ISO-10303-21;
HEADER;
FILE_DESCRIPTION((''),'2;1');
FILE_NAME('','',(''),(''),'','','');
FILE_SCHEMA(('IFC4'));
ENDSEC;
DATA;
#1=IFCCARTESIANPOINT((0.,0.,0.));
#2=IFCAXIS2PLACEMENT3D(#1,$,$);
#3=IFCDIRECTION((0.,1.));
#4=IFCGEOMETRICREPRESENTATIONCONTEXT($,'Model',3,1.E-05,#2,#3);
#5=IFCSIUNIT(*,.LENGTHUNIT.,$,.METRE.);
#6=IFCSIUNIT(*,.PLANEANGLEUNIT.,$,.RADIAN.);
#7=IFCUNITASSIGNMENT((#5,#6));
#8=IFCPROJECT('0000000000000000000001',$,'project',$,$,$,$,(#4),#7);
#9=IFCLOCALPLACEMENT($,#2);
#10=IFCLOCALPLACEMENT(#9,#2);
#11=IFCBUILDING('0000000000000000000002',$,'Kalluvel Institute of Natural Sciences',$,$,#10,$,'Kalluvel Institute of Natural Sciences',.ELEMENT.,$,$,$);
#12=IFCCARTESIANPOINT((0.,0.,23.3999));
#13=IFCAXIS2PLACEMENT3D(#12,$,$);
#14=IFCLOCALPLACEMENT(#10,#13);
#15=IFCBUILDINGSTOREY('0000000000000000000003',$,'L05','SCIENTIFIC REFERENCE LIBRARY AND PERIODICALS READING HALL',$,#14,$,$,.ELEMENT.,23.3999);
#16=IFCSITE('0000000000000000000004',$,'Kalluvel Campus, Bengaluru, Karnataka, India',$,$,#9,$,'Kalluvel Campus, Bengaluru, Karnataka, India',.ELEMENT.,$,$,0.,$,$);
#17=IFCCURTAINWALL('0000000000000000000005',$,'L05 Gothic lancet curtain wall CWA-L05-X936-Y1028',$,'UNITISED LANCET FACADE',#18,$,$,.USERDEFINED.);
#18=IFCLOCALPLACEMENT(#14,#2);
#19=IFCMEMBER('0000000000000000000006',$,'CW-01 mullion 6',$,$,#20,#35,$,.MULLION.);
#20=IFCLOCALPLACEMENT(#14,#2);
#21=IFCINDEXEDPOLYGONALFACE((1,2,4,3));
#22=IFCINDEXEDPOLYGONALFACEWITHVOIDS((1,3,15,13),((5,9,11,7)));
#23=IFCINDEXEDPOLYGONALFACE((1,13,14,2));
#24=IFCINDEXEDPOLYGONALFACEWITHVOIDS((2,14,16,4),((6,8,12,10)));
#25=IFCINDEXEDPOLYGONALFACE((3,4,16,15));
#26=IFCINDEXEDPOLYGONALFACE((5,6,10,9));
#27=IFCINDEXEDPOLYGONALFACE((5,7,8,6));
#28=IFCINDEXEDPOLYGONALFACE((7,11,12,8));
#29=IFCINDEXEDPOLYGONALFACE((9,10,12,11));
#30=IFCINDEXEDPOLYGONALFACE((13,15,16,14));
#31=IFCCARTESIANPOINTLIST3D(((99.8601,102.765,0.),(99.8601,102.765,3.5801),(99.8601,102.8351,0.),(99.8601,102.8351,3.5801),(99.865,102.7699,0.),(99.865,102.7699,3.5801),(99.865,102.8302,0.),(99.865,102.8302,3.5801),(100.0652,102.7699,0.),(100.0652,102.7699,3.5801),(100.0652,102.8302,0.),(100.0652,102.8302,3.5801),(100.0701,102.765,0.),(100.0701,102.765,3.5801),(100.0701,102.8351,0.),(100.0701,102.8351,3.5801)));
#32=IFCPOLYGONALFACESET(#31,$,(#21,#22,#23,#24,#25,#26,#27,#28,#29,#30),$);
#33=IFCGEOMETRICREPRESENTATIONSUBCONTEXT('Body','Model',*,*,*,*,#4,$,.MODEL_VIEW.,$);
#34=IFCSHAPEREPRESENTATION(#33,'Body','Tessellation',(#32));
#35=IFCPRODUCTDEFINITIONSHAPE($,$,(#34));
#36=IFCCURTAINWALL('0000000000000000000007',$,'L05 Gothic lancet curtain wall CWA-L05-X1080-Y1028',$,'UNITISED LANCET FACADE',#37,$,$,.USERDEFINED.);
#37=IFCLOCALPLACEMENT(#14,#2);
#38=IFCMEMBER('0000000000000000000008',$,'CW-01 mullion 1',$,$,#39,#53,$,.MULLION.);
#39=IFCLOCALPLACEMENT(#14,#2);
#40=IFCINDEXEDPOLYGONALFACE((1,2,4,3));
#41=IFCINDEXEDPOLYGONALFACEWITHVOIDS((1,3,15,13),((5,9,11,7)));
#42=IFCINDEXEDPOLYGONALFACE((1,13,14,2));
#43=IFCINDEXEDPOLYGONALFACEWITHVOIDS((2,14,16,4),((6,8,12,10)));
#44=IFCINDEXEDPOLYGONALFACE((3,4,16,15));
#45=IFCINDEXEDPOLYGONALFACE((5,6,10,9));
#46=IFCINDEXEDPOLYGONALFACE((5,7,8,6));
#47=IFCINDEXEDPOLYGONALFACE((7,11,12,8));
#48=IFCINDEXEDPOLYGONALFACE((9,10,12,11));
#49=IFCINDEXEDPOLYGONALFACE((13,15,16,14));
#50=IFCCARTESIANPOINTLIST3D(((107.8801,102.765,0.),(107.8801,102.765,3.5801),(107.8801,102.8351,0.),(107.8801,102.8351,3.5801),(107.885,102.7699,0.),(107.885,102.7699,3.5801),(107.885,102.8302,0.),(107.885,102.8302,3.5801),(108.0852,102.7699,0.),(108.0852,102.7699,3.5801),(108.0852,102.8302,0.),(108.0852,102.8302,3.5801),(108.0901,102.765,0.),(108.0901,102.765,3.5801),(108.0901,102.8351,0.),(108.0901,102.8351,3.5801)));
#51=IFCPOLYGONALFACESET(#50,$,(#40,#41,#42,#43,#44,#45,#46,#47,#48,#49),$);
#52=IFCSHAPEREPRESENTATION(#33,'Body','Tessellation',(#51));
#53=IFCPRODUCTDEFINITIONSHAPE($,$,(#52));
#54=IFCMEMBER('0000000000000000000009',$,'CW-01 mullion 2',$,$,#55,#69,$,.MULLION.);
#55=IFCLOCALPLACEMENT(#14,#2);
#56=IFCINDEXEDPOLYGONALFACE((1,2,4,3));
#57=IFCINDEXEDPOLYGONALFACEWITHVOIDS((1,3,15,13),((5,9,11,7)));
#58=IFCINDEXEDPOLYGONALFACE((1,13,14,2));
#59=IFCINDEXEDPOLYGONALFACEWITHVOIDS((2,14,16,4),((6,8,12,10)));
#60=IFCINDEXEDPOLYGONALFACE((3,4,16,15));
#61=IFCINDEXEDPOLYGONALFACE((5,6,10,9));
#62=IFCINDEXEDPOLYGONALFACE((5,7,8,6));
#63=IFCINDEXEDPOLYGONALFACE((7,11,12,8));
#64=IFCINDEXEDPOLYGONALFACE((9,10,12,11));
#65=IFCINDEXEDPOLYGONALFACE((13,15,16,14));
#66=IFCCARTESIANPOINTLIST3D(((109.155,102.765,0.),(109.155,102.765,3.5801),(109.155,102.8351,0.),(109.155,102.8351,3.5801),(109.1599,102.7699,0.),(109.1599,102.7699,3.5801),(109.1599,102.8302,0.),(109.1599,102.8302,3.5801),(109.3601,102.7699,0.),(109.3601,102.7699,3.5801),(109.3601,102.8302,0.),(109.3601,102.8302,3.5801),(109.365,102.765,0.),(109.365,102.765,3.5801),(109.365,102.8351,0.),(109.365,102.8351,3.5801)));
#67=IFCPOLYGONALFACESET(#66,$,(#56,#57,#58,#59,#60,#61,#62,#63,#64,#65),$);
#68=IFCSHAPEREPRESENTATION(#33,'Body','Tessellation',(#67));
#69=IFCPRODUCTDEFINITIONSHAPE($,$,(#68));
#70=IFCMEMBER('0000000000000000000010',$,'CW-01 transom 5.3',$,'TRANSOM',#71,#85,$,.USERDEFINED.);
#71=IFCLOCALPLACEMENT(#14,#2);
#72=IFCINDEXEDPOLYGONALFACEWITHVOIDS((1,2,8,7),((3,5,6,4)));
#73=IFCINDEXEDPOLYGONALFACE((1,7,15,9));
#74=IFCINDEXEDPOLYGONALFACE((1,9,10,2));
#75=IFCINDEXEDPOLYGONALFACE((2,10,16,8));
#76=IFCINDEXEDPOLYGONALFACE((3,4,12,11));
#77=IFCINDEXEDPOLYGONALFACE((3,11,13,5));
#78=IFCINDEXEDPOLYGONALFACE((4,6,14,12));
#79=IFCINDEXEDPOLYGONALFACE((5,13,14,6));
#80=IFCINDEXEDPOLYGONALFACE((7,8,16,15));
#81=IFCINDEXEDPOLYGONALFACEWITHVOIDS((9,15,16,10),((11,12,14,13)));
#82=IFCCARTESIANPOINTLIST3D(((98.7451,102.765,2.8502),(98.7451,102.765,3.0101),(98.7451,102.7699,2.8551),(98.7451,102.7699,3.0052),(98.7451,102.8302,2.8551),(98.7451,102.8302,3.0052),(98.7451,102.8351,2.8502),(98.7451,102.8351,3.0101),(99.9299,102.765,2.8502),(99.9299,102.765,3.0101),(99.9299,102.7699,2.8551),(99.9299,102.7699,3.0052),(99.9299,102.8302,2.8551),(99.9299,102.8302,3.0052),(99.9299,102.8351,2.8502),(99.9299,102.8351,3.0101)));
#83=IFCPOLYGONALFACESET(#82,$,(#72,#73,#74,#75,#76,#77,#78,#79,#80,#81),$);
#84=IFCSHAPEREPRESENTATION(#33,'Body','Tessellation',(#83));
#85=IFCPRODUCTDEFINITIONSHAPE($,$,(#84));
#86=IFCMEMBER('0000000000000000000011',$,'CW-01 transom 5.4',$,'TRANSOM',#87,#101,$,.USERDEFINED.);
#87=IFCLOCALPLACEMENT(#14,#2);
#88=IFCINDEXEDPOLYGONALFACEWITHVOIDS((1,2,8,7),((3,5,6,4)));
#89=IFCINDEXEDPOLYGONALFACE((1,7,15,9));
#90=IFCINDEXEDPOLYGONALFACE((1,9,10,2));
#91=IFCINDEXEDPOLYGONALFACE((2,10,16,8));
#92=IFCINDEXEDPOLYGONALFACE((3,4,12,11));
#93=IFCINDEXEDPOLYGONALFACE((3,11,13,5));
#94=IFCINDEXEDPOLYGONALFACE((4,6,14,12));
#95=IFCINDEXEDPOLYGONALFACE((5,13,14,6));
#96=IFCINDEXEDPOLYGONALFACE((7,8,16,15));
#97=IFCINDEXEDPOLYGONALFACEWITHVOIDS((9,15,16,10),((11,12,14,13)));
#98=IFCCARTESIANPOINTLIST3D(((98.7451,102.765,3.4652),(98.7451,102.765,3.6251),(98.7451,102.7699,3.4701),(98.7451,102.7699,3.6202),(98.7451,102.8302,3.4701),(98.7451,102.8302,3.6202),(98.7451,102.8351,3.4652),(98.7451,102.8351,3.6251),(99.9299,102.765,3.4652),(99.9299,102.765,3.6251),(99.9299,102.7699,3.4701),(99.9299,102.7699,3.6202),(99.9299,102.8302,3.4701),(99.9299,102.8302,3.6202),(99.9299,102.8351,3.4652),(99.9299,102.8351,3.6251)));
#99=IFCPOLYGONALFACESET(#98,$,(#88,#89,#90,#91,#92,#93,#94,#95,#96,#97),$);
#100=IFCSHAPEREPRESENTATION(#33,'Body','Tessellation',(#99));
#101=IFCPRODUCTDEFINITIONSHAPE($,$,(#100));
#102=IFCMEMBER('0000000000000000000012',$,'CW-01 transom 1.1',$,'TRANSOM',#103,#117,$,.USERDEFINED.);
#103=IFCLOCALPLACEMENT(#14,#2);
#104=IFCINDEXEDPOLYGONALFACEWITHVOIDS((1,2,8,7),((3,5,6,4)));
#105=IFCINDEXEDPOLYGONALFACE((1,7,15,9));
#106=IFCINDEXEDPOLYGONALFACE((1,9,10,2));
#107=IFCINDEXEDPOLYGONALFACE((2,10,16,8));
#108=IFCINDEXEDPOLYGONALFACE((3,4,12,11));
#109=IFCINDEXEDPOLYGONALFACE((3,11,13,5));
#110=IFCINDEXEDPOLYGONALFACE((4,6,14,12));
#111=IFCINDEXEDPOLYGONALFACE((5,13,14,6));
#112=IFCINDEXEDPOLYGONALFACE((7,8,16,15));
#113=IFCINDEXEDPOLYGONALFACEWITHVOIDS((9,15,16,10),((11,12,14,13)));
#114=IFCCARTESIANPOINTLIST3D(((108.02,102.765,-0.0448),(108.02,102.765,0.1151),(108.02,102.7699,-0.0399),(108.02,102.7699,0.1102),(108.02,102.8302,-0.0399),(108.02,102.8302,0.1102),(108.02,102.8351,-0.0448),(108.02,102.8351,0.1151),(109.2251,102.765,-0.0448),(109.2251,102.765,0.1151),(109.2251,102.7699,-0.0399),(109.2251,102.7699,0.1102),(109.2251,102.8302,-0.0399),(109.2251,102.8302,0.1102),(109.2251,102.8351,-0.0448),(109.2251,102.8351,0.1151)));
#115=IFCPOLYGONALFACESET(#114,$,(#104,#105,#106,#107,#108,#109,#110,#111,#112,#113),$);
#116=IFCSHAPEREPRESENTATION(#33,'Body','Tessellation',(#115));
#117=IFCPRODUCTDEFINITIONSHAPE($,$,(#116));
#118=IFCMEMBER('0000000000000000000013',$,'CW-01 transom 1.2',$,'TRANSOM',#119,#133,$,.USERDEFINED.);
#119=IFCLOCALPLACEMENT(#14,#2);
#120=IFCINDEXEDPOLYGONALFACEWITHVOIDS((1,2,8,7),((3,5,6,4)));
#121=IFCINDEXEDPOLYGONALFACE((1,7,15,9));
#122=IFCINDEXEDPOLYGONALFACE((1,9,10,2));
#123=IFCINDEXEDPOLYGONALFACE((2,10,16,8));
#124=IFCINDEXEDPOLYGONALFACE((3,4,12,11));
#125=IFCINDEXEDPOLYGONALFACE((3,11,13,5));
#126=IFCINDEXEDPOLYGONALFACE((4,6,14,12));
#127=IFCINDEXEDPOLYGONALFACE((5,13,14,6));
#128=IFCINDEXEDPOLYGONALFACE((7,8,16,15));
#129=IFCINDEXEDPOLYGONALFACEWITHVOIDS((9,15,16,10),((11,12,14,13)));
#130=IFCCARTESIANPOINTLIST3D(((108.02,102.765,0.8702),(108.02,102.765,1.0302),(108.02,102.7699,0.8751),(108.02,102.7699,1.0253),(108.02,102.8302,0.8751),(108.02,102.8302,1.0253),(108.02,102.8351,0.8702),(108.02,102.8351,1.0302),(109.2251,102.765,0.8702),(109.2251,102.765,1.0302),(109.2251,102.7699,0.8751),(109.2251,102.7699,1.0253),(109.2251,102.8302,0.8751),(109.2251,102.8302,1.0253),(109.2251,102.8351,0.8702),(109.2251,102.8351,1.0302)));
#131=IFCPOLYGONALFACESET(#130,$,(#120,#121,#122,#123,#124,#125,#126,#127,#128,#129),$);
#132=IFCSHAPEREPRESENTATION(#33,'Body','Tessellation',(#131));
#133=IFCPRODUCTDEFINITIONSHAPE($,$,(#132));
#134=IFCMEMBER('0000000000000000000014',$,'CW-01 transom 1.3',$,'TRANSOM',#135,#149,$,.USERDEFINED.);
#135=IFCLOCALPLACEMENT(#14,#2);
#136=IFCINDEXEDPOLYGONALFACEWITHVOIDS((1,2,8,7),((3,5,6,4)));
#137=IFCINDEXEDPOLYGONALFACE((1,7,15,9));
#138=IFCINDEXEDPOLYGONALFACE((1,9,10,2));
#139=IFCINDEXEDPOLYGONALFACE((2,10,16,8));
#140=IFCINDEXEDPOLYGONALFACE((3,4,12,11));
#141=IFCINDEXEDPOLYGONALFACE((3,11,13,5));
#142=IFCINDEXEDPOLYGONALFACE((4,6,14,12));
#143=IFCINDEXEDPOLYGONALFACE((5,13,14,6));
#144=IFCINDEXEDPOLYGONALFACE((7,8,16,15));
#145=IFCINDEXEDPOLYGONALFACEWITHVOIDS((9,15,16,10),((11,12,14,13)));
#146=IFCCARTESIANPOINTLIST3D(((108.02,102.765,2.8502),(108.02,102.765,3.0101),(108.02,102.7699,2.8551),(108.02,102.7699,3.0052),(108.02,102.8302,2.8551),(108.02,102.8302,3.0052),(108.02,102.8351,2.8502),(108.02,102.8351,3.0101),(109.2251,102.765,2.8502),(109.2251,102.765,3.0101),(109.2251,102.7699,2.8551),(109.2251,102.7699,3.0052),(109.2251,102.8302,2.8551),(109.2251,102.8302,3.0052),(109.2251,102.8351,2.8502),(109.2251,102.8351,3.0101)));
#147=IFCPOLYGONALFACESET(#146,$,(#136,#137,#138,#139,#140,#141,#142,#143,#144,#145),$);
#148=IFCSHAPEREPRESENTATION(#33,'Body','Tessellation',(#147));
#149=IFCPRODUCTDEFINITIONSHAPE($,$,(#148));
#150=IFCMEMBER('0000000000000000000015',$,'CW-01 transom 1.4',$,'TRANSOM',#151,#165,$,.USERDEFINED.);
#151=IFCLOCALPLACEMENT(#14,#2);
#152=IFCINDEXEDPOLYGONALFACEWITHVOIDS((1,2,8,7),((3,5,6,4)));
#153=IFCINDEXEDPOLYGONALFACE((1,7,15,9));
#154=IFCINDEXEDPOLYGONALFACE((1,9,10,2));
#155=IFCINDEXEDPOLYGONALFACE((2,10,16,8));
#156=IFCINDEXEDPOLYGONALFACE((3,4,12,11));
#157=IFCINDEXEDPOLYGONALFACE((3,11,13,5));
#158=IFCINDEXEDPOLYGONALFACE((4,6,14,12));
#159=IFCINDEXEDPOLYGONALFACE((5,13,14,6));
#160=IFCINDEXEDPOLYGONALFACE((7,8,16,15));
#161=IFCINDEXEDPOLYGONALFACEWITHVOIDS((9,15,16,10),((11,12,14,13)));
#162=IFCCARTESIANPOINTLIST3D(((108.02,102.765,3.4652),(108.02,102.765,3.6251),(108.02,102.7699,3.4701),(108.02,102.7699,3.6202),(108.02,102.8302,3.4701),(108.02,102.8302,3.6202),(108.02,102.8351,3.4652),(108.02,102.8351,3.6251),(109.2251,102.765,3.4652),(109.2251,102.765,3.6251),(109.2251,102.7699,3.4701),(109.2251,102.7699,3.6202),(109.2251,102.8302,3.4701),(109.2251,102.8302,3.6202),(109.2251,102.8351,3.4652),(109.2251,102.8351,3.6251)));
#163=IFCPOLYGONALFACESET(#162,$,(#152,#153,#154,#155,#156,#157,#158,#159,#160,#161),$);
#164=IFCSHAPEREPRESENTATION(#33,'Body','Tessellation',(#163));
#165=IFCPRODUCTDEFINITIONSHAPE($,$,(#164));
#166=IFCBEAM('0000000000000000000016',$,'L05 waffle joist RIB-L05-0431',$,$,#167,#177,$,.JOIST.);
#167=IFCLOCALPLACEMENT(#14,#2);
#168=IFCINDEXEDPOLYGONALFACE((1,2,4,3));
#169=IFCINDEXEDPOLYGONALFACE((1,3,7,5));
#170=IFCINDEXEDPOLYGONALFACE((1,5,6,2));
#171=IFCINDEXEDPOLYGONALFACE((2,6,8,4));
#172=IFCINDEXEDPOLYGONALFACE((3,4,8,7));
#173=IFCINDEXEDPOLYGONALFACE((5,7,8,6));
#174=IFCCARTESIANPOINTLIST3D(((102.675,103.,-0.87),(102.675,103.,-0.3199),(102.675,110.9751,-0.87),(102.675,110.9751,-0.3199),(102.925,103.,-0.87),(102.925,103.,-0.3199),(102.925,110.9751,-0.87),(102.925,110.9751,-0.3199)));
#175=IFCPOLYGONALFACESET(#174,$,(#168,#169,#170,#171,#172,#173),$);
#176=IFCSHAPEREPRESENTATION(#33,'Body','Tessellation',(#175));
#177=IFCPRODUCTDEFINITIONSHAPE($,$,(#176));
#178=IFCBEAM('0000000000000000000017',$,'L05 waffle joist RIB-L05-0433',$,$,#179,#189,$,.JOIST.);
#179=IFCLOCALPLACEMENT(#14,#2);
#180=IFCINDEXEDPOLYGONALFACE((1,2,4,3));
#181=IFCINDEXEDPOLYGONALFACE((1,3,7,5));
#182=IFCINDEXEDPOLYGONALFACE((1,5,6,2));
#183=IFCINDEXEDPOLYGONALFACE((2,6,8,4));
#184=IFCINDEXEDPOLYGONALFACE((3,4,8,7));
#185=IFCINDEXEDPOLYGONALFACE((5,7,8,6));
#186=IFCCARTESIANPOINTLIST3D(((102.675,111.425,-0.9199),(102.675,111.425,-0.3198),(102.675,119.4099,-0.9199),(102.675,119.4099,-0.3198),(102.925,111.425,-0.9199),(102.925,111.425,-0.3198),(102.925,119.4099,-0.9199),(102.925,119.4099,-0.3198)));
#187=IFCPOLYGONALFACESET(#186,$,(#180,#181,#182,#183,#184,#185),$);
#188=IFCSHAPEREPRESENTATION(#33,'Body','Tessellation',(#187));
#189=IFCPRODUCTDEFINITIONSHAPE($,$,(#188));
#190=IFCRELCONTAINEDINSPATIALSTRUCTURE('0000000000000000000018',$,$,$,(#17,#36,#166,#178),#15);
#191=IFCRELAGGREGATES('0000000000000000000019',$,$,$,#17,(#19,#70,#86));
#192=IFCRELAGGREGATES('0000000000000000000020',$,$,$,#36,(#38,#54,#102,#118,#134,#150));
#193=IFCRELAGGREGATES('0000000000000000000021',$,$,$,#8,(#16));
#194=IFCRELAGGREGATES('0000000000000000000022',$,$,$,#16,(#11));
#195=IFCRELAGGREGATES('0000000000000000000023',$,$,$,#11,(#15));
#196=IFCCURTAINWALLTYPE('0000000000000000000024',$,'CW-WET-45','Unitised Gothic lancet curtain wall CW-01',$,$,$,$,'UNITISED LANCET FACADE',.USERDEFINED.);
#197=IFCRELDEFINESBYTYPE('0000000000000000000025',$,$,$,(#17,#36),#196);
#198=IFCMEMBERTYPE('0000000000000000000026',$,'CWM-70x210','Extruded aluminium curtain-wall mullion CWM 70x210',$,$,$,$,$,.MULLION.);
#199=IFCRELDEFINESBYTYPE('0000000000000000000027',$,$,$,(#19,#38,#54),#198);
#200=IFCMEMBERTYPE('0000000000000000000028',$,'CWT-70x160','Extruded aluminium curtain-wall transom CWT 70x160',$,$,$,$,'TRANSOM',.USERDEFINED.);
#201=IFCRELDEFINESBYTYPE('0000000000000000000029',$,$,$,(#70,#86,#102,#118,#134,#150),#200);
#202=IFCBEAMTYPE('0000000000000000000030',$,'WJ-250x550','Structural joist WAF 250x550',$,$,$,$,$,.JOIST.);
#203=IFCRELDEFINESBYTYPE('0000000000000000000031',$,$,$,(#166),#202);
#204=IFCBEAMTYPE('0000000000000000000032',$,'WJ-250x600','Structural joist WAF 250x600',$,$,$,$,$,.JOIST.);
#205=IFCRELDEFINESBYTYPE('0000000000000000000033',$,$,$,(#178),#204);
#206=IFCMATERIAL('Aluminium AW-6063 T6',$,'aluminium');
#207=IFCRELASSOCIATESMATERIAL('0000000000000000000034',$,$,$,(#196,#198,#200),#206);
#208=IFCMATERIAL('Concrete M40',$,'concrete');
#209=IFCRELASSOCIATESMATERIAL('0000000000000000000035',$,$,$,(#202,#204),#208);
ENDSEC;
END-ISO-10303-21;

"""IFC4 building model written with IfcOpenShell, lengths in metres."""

from ifc_helpers import new_model, si_unit, direction, frame, origin, origin_2d, place, context, subcontext, project, spatial, rectangle, hollow_rectangle, extrude, material, material_profile, profile_set, type_object, element, aggregate, save


model = new_model("IFC4")

# Units and contexts
model_context = context("Model", 3, precision=1e-05, world=origin(), true_north=direction((0.0, 1.0)))
body_context = subcontext(model_context, "Body", "Model", "MODEL_VIEW")
ifc_project = project(units=[si_unit("LENGTHUNIT", "METRE"), si_unit("PLANEANGLEUNIT", "RADIAN")], contexts=[model_context])

# Site, building, storey
site_placement = place(None, origin())
site = spatial("IfcSite", under=ifc_project, at=site_placement, Name="Kalluvel Campus, Bengaluru, Karnataka, India", LongName="Kalluvel Campus, Bengaluru, Karnataka, India", CompositionType="ELEMENT", RefElevation=0.0)
building_placement = place(site_placement, origin())
building = spatial("IfcBuilding", under=site, at=building_placement, Name="Kalluvel Institute of Natural Sciences", LongName="Kalluvel Institute of Natural Sciences", CompositionType="ELEMENT")
storey_placement = place(building_placement, frame((0.0, 0.0, 23.3999)))
storey = spatial("IfcBuildingStorey", under=building, at=storey_placement, Name="L05", Description="SCIENTIFIC REFERENCE LIBRARY AND PERIODICALS READING HALL", CompositionType="ELEMENT", Elevation=23.3999)

# Shared definitions
ifc_material_1 = material(Name="Concrete M40", Category="concrete")

# Curtain wall, member
ifc_material_2 = material(Name="Aluminium AW-6063 T6", Category="aluminium")
curtain_wall_type = type_object("IfcCurtainWallType", Name="CW-WET-45", Description="Unitised Gothic lancet curtain wall CW-01", ElementType="UNITISED LANCET FACADE", PredefinedType="USERDEFINED", material=ifc_material_2)
curtain_wall_1_placement = place(storey_placement, origin())
curtain_wall_1 = element("IfcCurtainWall", 1, at=curtain_wall_1_placement, inside=storey, type_object=curtain_wall_type, Name="L05 Gothic lancet curtain wall CWA-L05-X936-Y1028", ObjectType="UNITISED LANCET FACADE", PredefinedType="USERDEFINED")
ifc_material_profile_1 = material_profile(ifc_material_2, hollow_rectangle(XDim=0.0701, YDim=0.21, WallThickness=0.0049, at=origin_2d()), Name="CWM 70x210")
ifc_profile_set_1 = profile_set([ifc_material_profile_1], Name="Aluminium AW-6063 T6")
member_type_1 = type_object("IfcMemberType", Name="CWM-70x210", Description="Extruded aluminium curtain-wall mullion CWM 70x210", PredefinedType="MULLION", material=ifc_profile_set_1)
member_1_placement = place(storey_placement, frame((99.9651, 102.8, 0.0), z_axis=(0.0, 0.0, 1.0), x_axis=(0.0, 1.0, 0.0)))
member_1 = element("IfcMember", 2, at=member_1_placement, type_object=member_type_1, Name="CW-01 mullion 6", PredefinedType="MULLION", context=body_context, shape_type="SweptSolid", body=[
    extrude(hollow_rectangle(XDim=0.0701, YDim=0.21, WallThickness=0.0049, at=origin_2d()), origin(), (0.0, 0.0, 1.0), 3.5801),
])

# Curtain wall, members
curtain_wall_2_placement = place(storey_placement, origin())
curtain_wall_2 = element("IfcCurtainWall", 3, at=curtain_wall_2_placement, inside=storey, type_object=curtain_wall_type, Name="L05 Gothic lancet curtain wall CWA-L05-X1080-Y1028", ObjectType="UNITISED LANCET FACADE", PredefinedType="USERDEFINED")
member_2_placement = place(storey_placement, frame((107.9851, 102.8, 0.0), z_axis=(0.0, 0.0, 1.0), x_axis=(0.0, 1.0, 0.0)))
member_2 = element("IfcMember", 4, at=member_2_placement, type_object=member_type_1, Name="CW-01 mullion 1", PredefinedType="MULLION", context=body_context, shape_type="SweptSolid", body=[
    extrude(hollow_rectangle(XDim=0.0701, YDim=0.21, WallThickness=0.0049, at=origin_2d()), origin(), (0.0, 0.0, 1.0), 3.5801),
])
member_3_placement = place(storey_placement, frame((109.26, 102.8, 0.0), z_axis=(0.0, 0.0, 1.0), x_axis=(0.0, 1.0, 0.0)))
member_3 = element("IfcMember", 5, at=member_3_placement, type_object=member_type_1, Name="CW-01 mullion 2", PredefinedType="MULLION", context=body_context, shape_type="SweptSolid", body=[
    extrude(hollow_rectangle(XDim=0.0701, YDim=0.21, WallThickness=0.0049, at=origin_2d()), origin(), (0.0, 0.0, 1.0), 3.5801),
])

# Members
ifc_material_profile_2 = material_profile(ifc_material_2, hollow_rectangle(XDim=0.0701, YDim=0.1599, WallThickness=0.0049, at=origin_2d()), Name="CWT 70x160")
ifc_profile_set_2 = profile_set([ifc_material_profile_2], Name="Aluminium AW-6063 T6")
member_type_2 = type_object("IfcMemberType", Name="CWT-70x160", Description="Extruded aluminium curtain-wall transom CWT 70x160", ElementType="TRANSOM", PredefinedType="USERDEFINED", material=ifc_profile_set_2)
member_4_placement = place(storey_placement, frame((98.7451, 102.8, 2.9302), z_axis=(1.0, 0.0, 0.0), x_axis=(0.0, 1.0, 0.0)))
member_4 = element("IfcMember", 6, at=member_4_placement, type_object=member_type_2, Name="CW-01 transom 5.3", ObjectType="TRANSOM", PredefinedType="USERDEFINED", context=body_context, shape_type="SweptSolid", body=[
    extrude(hollow_rectangle(XDim=0.0701, YDim=0.1599, WallThickness=0.0049, at=origin_2d()), origin(), (0.0, 0.0, 1.0), 1.1848),
])
member_5_placement = place(storey_placement, frame((98.7451, 102.8, 3.5452), z_axis=(1.0, 0.0, 0.0), x_axis=(0.0, 1.0, 0.0)))
member_5 = element("IfcMember", 7, at=member_5_placement, type_object=member_type_2, Name="CW-01 transom 5.4", ObjectType="TRANSOM", PredefinedType="USERDEFINED", context=body_context, shape_type="SweptSolid", body=[
    extrude(hollow_rectangle(XDim=0.0701, YDim=0.1599, WallThickness=0.0049, at=origin_2d()), origin(), (0.0, 0.0, 1.0), 1.1848),
])
member_6_placement = place(storey_placement, frame((108.02, 102.8, 0.0352), z_axis=(1.0, 0.0, 0.0), x_axis=(0.0, 1.0, 0.0)))
member_6 = element("IfcMember", 8, at=member_6_placement, type_object=member_type_2, Name="CW-01 transom 1.1", ObjectType="TRANSOM", PredefinedType="USERDEFINED", context=body_context, shape_type="SweptSolid", body=[
    extrude(hollow_rectangle(XDim=0.0701, YDim=0.1599, WallThickness=0.0049, at=origin_2d()), origin(), (0.0, 0.0, 1.0), 1.2051),
])
member_7_placement = place(storey_placement, frame((108.02, 102.8, 0.9502), z_axis=(1.0, 0.0, 0.0), x_axis=(0.0, 1.0, 0.0)))
member_7 = element("IfcMember", 9, at=member_7_placement, type_object=member_type_2, Name="CW-01 transom 1.2", ObjectType="TRANSOM", PredefinedType="USERDEFINED", context=body_context, shape_type="SweptSolid", body=[
    extrude(hollow_rectangle(XDim=0.0701, YDim=0.1599, WallThickness=0.0049, at=origin_2d()), origin(), (0.0, 0.0, 1.0), 1.2051),
])
member_8_placement = place(storey_placement, frame((108.02, 102.8, 2.9302), z_axis=(1.0, 0.0, 0.0), x_axis=(0.0, 1.0, 0.0)))
member_8 = element("IfcMember", 10, at=member_8_placement, type_object=member_type_2, Name="CW-01 transom 1.3", ObjectType="TRANSOM", PredefinedType="USERDEFINED", context=body_context, shape_type="SweptSolid", body=[
    extrude(hollow_rectangle(XDim=0.0701, YDim=0.1599, WallThickness=0.0049, at=origin_2d()), origin(), (0.0, 0.0, 1.0), 1.2051),
])
member_9_placement = place(storey_placement, frame((108.02, 102.8, 3.5452), z_axis=(1.0, 0.0, 0.0), x_axis=(0.0, 1.0, 0.0)))
member_9 = element("IfcMember", 11, at=member_9_placement, type_object=member_type_2, Name="CW-01 transom 1.4", ObjectType="TRANSOM", PredefinedType="USERDEFINED", context=body_context, shape_type="SweptSolid", body=[
    extrude(hollow_rectangle(XDim=0.0701, YDim=0.1599, WallThickness=0.0049, at=origin_2d()), origin(), (0.0, 0.0, 1.0), 1.2051),
])

# Beams
ifc_material_profile_3 = material_profile(ifc_material_1, rectangle(XDim=0.25, YDim=0.55, at=origin_2d()), Name="WAF 250x550")
ifc_profile_set_3 = profile_set([ifc_material_profile_3], Name="Concrete M40")
beam_type_1 = type_object("IfcBeamType", Name="WJ-250x550", Description="Structural joist WAF 250x550", PredefinedType="JOIST", material=ifc_profile_set_3)
beam_1_placement = place(storey_placement, frame((102.8, 103.0, -0.595), z_axis=(0.0, 1.0, 0.0), x_axis=(-1.0, 0.0, 0.0)))
element("IfcBeam", 12, at=beam_1_placement, inside=storey, type_object=beam_type_1, Name="L05 waffle joist RIB-L05-0431", PredefinedType="JOIST", context=body_context, shape_type="SweptSolid", body=[
    extrude(rectangle(XDim=0.25, YDim=0.55, at=origin_2d()), origin(), (0.0, 0.0, 1.0), 7.9751),
])
ifc_material_profile_4 = material_profile(ifc_material_1, rectangle(XDim=0.25, YDim=0.6001, at=origin_2d()), Name="WAF 250x600")
ifc_profile_set_4 = profile_set([ifc_material_profile_4], Name="Concrete M40")
beam_type_2 = type_object("IfcBeamType", Name="WJ-250x600", Description="Structural joist WAF 250x600", PredefinedType="JOIST", material=ifc_profile_set_4)
beam_2_placement = place(storey_placement, frame((102.8, 111.425, -0.6199), z_axis=(0.0, 1.0, 0.0), x_axis=(-1.0, 0.0, 0.0)))
element("IfcBeam", 13, at=beam_2_placement, inside=storey, type_object=beam_type_2, Name="L05 waffle joist RIB-L05-0433", PredefinedType="JOIST", context=body_context, shape_type="SweptSolid", body=[
    extrude(rectangle(XDim=0.25, YDim=0.6001, at=origin_2d()), origin(), (0.0, 0.0, 1.0), 7.9849),
])

aggregate(curtain_wall_1, [member_1, member_4, member_5])
aggregate(curtain_wall_2, [member_2, member_3, member_6, member_7, member_8, member_9])

save(model, "model.ifc")
